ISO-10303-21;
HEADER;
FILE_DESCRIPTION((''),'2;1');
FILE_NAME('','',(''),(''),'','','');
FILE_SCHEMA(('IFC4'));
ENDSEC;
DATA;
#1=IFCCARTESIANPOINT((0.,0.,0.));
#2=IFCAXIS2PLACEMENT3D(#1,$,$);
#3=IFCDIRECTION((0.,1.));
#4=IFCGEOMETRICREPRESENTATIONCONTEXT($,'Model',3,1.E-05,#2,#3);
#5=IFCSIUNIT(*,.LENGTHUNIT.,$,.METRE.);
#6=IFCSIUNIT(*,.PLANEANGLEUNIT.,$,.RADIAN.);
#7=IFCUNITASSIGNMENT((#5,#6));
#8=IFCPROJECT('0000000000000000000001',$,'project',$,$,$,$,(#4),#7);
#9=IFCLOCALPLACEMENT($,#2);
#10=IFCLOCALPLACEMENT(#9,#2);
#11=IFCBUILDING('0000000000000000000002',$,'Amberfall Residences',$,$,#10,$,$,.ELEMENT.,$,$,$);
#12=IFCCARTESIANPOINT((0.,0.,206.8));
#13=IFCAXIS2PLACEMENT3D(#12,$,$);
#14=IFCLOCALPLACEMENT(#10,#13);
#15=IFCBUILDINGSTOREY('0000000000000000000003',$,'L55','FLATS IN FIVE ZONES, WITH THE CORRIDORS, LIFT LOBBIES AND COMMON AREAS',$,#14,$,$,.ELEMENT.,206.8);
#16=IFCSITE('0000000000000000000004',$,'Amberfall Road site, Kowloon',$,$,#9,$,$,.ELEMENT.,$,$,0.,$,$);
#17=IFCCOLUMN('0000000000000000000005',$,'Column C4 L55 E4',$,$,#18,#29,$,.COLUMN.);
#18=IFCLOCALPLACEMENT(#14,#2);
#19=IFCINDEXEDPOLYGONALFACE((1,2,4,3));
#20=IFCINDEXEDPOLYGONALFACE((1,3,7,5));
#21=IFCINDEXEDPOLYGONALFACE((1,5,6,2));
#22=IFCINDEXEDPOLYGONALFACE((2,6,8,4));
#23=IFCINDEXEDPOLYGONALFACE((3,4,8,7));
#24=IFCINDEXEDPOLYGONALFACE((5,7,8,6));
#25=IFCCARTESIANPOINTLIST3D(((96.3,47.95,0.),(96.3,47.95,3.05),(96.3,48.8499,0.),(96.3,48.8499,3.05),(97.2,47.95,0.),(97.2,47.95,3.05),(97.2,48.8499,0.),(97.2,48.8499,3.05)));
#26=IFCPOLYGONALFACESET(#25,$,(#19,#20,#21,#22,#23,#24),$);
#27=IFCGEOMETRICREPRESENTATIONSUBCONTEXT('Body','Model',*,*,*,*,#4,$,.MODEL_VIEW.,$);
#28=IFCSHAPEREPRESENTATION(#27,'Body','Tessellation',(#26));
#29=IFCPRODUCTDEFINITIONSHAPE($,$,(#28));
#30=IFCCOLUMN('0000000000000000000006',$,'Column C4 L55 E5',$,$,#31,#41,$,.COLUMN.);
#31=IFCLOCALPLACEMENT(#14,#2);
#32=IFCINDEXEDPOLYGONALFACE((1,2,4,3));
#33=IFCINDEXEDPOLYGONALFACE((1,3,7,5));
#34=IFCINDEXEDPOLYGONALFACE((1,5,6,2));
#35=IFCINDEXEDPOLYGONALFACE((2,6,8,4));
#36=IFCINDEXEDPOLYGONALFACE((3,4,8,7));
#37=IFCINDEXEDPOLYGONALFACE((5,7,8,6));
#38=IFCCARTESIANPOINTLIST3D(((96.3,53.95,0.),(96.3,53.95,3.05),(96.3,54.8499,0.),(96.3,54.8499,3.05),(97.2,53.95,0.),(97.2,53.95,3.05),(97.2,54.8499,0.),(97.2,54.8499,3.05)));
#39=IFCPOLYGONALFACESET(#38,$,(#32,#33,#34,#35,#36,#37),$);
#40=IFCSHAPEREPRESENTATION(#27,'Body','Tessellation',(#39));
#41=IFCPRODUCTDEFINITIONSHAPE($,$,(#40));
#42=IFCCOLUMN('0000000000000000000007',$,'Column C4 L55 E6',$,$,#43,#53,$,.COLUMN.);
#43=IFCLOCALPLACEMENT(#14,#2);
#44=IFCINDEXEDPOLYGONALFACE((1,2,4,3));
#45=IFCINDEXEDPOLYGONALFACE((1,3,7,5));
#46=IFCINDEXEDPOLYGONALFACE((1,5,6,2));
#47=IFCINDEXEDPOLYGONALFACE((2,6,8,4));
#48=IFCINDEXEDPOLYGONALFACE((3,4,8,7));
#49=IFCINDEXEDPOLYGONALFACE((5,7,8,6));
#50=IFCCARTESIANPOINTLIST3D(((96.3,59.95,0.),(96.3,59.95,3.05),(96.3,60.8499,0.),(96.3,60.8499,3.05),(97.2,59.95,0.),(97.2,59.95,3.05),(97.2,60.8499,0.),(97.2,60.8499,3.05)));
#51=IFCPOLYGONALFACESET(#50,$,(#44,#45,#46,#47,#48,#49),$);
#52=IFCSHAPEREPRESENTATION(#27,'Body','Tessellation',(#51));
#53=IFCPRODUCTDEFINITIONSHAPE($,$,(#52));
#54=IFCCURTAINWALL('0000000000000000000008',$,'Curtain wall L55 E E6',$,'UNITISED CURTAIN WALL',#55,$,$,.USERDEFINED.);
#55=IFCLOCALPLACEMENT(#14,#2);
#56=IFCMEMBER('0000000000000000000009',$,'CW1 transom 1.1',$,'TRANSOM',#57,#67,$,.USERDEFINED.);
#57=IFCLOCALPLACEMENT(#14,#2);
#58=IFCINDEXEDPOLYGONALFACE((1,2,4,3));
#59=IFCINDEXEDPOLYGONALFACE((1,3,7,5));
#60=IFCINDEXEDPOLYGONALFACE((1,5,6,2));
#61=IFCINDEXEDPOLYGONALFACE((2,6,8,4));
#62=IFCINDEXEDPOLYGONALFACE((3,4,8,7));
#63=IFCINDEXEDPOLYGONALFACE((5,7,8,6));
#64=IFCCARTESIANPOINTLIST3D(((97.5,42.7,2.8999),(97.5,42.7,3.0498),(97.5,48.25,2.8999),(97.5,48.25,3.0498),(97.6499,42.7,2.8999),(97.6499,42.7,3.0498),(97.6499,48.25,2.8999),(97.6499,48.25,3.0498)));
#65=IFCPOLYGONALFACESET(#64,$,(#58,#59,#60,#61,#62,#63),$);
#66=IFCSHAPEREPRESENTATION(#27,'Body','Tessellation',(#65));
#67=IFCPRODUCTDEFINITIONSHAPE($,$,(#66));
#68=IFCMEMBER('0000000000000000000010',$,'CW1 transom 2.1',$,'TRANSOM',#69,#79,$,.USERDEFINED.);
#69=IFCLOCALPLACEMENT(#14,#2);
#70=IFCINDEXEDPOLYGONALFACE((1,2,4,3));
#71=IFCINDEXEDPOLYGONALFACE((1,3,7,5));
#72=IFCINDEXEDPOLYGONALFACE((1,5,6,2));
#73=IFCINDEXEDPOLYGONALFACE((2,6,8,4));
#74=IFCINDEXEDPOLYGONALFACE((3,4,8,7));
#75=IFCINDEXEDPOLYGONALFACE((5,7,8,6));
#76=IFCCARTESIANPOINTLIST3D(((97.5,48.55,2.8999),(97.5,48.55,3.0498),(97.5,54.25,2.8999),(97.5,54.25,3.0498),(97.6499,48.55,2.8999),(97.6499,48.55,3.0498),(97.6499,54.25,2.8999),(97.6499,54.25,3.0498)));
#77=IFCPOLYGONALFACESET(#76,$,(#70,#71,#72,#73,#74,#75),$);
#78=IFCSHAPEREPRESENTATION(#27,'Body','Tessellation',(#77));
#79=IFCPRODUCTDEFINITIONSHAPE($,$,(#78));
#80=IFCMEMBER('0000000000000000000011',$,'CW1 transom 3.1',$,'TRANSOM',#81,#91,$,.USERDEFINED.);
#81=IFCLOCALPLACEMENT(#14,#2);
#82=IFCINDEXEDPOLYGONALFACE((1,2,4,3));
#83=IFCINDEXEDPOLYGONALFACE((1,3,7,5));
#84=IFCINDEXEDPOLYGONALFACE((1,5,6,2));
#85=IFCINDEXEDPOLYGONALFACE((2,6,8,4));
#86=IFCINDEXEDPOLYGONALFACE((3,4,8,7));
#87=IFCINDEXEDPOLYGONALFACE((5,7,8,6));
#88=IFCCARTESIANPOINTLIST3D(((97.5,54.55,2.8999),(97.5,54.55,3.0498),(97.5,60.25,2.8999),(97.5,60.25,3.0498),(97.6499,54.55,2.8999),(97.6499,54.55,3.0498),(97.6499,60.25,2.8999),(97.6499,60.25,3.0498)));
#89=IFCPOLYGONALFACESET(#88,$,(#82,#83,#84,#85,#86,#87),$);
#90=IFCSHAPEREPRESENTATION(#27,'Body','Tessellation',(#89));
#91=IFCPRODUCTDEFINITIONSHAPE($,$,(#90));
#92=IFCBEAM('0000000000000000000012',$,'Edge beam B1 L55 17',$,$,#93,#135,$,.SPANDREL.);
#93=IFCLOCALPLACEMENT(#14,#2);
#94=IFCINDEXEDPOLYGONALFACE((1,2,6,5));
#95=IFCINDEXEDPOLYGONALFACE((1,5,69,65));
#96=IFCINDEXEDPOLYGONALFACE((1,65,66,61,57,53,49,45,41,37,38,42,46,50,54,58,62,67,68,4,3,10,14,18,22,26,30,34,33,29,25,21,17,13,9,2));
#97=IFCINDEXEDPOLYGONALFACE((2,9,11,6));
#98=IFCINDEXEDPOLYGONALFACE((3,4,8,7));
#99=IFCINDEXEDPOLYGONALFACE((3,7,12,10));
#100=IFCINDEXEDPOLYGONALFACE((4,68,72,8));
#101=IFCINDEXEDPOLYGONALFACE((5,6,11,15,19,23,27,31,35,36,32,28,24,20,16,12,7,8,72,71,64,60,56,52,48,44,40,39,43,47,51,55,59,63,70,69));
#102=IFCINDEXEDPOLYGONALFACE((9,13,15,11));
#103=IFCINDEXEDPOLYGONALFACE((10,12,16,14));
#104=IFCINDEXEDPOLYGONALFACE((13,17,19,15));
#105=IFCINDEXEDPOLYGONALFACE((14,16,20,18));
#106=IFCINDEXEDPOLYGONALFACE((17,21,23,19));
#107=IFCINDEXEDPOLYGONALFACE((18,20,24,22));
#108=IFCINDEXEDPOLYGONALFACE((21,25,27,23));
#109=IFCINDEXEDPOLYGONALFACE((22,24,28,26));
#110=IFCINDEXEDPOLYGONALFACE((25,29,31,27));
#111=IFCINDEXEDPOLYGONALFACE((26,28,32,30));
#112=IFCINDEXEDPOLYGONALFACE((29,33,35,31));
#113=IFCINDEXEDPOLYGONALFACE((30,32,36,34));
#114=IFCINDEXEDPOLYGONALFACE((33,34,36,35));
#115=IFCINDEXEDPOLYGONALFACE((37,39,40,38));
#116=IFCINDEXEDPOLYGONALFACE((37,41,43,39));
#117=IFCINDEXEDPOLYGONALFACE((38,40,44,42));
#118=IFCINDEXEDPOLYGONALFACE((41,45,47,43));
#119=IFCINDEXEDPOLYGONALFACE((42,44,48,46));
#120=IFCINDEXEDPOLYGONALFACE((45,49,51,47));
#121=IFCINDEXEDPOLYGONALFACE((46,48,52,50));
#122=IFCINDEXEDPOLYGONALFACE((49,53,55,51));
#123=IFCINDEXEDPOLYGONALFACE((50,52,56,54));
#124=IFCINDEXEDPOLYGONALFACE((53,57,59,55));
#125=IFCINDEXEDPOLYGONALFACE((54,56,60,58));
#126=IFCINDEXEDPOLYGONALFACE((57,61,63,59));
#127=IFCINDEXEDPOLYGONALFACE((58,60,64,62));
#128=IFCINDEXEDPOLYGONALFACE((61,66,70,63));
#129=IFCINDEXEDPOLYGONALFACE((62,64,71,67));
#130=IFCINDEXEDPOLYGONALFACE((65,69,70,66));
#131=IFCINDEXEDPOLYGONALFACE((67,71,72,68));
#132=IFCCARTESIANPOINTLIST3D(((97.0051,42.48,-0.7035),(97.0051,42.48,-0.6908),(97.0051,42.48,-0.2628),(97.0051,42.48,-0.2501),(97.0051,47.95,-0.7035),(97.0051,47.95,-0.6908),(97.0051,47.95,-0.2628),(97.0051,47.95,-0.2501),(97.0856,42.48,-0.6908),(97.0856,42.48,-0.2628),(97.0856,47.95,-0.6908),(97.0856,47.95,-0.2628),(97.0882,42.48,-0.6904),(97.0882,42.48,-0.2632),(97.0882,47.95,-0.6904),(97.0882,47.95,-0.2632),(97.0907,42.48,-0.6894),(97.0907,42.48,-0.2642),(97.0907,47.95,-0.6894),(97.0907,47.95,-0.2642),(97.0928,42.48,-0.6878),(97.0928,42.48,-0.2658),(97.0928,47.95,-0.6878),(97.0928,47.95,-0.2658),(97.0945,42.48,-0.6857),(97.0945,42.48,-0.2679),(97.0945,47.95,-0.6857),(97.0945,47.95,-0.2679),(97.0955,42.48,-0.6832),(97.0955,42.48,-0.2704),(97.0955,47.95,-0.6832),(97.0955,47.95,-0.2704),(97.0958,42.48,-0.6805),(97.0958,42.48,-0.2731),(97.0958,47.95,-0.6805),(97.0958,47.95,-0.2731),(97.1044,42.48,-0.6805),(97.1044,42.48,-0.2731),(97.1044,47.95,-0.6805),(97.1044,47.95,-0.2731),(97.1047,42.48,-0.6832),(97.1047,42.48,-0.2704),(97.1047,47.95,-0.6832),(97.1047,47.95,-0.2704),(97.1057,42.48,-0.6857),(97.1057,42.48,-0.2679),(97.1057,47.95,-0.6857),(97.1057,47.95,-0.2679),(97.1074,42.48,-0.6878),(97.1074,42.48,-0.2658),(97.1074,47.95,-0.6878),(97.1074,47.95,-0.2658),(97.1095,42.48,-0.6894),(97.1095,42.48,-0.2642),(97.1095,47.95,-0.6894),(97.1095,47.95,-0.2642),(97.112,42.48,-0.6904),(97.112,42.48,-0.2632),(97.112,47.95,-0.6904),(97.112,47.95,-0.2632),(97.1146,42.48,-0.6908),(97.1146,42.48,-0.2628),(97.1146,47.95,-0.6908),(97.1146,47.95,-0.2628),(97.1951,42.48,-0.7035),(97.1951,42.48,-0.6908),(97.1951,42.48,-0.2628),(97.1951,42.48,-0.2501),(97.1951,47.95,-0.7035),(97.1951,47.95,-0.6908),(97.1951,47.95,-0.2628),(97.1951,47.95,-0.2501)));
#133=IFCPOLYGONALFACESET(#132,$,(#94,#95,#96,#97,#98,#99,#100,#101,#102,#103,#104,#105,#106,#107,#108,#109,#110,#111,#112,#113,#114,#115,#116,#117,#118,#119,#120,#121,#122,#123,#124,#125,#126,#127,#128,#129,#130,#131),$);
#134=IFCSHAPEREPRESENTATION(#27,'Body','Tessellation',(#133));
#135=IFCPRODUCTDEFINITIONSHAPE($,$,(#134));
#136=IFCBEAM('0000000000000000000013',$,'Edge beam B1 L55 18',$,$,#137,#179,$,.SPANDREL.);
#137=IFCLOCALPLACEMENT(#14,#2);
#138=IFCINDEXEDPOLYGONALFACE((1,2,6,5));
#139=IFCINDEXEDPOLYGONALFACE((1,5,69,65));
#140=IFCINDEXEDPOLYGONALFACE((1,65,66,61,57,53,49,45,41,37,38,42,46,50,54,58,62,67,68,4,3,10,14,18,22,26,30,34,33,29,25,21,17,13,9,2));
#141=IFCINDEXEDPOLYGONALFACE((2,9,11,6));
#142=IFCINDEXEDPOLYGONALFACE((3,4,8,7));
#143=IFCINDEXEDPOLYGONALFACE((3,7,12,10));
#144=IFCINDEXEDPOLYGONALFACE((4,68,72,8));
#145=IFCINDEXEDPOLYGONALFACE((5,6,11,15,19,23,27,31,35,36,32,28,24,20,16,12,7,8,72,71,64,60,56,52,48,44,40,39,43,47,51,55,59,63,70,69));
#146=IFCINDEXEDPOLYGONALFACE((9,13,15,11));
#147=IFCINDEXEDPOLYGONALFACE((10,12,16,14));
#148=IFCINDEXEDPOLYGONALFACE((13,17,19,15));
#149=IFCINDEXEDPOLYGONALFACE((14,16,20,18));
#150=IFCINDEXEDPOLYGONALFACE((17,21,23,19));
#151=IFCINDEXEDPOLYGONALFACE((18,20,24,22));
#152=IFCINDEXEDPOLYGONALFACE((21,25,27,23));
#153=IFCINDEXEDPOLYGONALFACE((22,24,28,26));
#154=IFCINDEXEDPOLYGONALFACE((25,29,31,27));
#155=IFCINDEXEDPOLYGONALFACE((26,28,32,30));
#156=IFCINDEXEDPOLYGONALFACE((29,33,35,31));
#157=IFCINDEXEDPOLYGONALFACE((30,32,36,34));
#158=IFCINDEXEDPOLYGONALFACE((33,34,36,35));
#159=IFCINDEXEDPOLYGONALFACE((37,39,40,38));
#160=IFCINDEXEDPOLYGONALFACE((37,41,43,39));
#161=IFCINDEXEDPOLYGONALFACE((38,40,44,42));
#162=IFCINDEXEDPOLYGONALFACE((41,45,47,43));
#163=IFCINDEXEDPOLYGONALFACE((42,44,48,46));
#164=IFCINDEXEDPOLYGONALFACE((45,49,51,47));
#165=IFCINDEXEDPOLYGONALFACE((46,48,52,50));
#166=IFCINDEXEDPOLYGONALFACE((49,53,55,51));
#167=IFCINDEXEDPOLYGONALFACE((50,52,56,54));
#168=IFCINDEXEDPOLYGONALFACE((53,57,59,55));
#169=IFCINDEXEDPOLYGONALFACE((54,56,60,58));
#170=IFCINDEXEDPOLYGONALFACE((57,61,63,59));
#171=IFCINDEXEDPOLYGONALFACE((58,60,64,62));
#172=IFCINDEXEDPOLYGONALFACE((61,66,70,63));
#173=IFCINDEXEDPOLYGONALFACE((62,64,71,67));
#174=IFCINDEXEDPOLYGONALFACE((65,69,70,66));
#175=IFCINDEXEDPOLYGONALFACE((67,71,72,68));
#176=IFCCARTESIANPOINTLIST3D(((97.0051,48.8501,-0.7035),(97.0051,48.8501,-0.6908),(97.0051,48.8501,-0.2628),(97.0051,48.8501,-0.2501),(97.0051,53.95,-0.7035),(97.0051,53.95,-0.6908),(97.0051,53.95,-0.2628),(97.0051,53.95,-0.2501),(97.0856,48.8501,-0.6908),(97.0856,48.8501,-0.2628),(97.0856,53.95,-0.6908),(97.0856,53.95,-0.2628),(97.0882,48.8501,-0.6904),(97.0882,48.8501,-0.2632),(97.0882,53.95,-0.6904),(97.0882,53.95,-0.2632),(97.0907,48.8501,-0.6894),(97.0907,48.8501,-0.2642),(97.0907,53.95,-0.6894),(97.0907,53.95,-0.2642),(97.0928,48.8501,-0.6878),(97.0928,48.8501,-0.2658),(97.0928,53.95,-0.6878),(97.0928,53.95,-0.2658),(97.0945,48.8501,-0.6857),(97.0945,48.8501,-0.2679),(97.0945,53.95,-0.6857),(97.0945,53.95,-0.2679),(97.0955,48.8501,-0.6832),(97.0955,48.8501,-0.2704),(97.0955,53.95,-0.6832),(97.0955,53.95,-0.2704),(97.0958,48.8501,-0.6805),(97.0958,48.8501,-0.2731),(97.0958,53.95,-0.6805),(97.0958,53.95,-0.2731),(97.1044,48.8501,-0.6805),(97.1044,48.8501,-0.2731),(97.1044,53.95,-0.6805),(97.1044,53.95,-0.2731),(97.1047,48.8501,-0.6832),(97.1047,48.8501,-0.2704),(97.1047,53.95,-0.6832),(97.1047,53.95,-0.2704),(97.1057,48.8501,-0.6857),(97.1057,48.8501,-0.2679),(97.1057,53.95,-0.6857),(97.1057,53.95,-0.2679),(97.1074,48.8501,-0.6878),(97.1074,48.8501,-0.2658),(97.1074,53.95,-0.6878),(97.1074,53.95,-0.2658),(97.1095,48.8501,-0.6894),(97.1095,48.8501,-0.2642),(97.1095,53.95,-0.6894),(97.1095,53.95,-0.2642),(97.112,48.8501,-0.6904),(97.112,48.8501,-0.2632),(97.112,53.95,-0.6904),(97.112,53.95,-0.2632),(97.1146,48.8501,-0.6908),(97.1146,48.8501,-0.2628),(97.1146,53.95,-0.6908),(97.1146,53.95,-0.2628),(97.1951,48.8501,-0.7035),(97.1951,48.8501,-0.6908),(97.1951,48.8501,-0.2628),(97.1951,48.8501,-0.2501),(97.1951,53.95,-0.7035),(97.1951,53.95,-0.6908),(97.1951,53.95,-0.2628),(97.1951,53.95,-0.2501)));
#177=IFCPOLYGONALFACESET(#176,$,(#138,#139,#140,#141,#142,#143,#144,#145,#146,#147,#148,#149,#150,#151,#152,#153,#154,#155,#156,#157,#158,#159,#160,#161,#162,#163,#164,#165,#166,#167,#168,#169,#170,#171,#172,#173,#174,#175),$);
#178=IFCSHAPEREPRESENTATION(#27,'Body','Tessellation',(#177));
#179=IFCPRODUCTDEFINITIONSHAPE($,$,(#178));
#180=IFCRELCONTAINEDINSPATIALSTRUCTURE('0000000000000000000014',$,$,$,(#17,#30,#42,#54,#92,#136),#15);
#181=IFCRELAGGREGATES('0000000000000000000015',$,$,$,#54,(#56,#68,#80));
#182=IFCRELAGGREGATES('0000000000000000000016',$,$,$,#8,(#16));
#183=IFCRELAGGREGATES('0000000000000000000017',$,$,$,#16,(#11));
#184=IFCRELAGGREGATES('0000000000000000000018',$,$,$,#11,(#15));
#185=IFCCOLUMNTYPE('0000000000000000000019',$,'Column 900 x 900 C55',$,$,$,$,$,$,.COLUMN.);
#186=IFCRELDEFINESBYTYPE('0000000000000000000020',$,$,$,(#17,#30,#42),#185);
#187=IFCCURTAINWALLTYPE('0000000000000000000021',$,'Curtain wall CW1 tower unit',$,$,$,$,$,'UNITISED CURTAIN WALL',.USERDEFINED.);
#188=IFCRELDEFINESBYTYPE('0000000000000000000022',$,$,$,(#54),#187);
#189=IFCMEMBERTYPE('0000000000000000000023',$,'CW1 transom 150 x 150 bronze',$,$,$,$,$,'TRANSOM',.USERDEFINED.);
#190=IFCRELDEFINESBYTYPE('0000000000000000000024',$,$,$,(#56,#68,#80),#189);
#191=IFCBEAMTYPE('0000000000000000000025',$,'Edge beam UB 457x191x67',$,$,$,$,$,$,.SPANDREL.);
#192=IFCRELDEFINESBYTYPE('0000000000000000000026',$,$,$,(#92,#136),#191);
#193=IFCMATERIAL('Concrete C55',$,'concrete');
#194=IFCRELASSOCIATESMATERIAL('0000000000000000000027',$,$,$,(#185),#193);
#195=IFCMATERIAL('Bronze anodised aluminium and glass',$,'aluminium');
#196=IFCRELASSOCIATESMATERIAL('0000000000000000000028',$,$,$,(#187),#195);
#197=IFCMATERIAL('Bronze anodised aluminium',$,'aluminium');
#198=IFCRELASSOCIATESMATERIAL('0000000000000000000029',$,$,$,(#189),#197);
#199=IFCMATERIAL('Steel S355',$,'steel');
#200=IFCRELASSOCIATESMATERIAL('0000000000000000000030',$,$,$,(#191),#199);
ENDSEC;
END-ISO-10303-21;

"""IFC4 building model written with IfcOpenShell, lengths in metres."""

from ifc_helpers import new_model, si_unit, direction, frame, origin, origin_2d, place, context, subcontext, project, spatial, rectangle, i_section, extrude, material, material_profile, profile_set, type_object, element, aggregate, save


model = new_model("IFC4")

# Units and contexts
model_context = context("Model", 3, precision=1e-05, world=origin(), true_north=direction((0.0, 1.0)))
body_context = subcontext(model_context, "Body", "Model", "MODEL_VIEW")
ifc_project = project(units=[si_unit("LENGTHUNIT", "METRE"), si_unit("PLANEANGLEUNIT", "RADIAN")], contexts=[model_context])

# Site, building, storey
site_placement = place(None, origin())
site = spatial("IfcSite", under=ifc_project, at=site_placement, Name="Amberfall Road site, Kowloon", CompositionType="ELEMENT", RefElevation=0.0)
building_placement = place(site_placement, origin())
building = spatial("IfcBuilding", under=site, at=building_placement, Name="Amberfall Residences", CompositionType="ELEMENT")
storey_placement = place(building_placement, frame((0.0, 0.0, 206.8)))
storey = spatial("IfcBuildingStorey", under=building, at=storey_placement, Name="L55", Description="FLATS IN FIVE ZONES, WITH THE CORRIDORS, LIFT LOBBIES AND COMMON AREAS", CompositionType="ELEMENT", Elevation=206.8)

# Columns
ifc_material_1 = material(Name="Concrete C55", Category="concrete")
ifc_material_profile_1 = material_profile(ifc_material_1, rectangle(XDim=0.8999, YDim=0.8999, at=origin_2d()), Name="Column 900 x 900 C55")
ifc_profile_set_1 = profile_set([ifc_material_profile_1], Name="Concrete C55")
column_type = type_object("IfcColumnType", Name="Column 900 x 900 C55", PredefinedType="COLUMN", material=ifc_profile_set_1)
for number, where, z_axis, x_axis, name in (
    (1, (96.75, 48.3999, 0.0), (0.0, 0.0, 1.0), (1.0, 0.0, 0.0), "Column C4 L55 E4"),
    (2, (96.75, 54.3999, 0.0), (0.0, 0.0, 1.0), (1.0, 0.0, 0.0), "Column C4 L55 E5"),
    (3, (96.75, 60.3999, 0.0), (0.0, 0.0, 1.0), (1.0, 0.0, 0.0), "Column C4 L55 E6"),
):
    element("IfcColumn", number, at=place(storey_placement, frame(where, z_axis=z_axis, x_axis=x_axis)), inside=storey, type_object=column_type, Name=name, PredefinedType="COLUMN", context=body_context, shape_type="SweptSolid", body=[
        extrude(rectangle(XDim=0.8999, YDim=0.8999, at=origin_2d()), origin(), (0.0, 0.0, 1.0), 3.05),
    ])

# Curtain wall, members
ifc_material_2 = material(Name="Bronze anodised aluminium and glass", Category="aluminium")
curtain_wall_type = type_object("IfcCurtainWallType", Name="Curtain wall CW1 tower unit", ElementType="UNITISED CURTAIN WALL", PredefinedType="USERDEFINED", material=ifc_material_2)
curtain_wall_placement = place(storey_placement, origin())
curtain_wall = element("IfcCurtainWall", 4, at=curtain_wall_placement, inside=storey, type_object=curtain_wall_type, Name="Curtain wall L55 E E6", ObjectType="UNITISED CURTAIN WALL", PredefinedType="USERDEFINED")
ifc_material_3 = material(Name="Bronze anodised aluminium", Category="aluminium")
ifc_material_profile_2 = material_profile(ifc_material_3, rectangle(XDim=0.1499, YDim=0.1499, at=origin_2d()), Name="CW1 transom 150 x 150 bronze")
ifc_profile_set_2 = profile_set([ifc_material_profile_2], Name="Bronze anodised aluminium")
member_type_1 = type_object("IfcMemberType", Name="CW1 transom 150 x 150 bronze", ElementType="TRANSOM", PredefinedType="USERDEFINED", material=ifc_profile_set_2)
member_1_placement = place(storey_placement, frame((97.575, 42.7, 2.9749), z_axis=(0.0, 1.0, 0.0), x_axis=(-1.0, 0.0, 0.0)))
member_1 = element("IfcMember", 5, at=member_1_placement, type_object=member_type_1, Name="CW1 transom 1.1", ObjectType="TRANSOM", PredefinedType="USERDEFINED", context=body_context, shape_type="SweptSolid", body=[
    extrude(rectangle(XDim=0.1499, YDim=0.1499, at=origin_2d()), origin(), (0.0, 0.0, 1.0), 5.55),
])
member_2_placement = place(storey_placement, frame((97.575, 48.55, 2.9749), z_axis=(0.0, 1.0, 0.0), x_axis=(-1.0, 0.0, 0.0)))
member_2 = element("IfcMember", 6, at=member_2_placement, type_object=member_type_1, Name="CW1 transom 2.1", ObjectType="TRANSOM", PredefinedType="USERDEFINED", context=body_context, shape_type="SweptSolid", body=[
    extrude(rectangle(XDim=0.1499, YDim=0.1499, at=origin_2d()), origin(), (0.0, 0.0, 1.0), 5.7),
])
member_3_placement = place(storey_placement, frame((97.575, 54.55, 2.9749), z_axis=(0.0, 1.0, 0.0), x_axis=(-1.0, 0.0, 0.0)))
member_3 = element("IfcMember", 7, at=member_3_placement, type_object=member_type_1, Name="CW1 transom 3.1", ObjectType="TRANSOM", PredefinedType="USERDEFINED", context=body_context, shape_type="SweptSolid", body=[
    extrude(rectangle(XDim=0.1499, YDim=0.1499, at=origin_2d()), origin(), (0.0, 0.0, 1.0), 5.7),
])

# Beams
ifc_material_4 = material(Name="Steel S355", Category="steel")
ifc_material_profile_3 = material_profile(ifc_material_4, i_section(OverallWidth=0.1899, OverallDepth=0.4534, WebThickness=0.0085, FlangeThickness=0.0127, FilletRadius=0.0103, at=origin_2d()), Name="UB 457x191x67")
ifc_profile_set_3 = profile_set([ifc_material_profile_3], Name="Steel S355")
beam_type_1 = type_object("IfcBeamType", Name="Edge beam UB 457x191x67", PredefinedType="SPANDREL", material=ifc_profile_set_3)
beam_1_placement = place(storey_placement, frame((97.1001, 42.48, -0.4768), z_axis=(0.0, 1.0, 0.0), x_axis=(-1.0, 0.0, 0.0)))
element("IfcBeam", 8, at=beam_1_placement, inside=storey, type_object=beam_type_1, Name="Edge beam B1 L55 17", PredefinedType="SPANDREL", context=body_context, shape_type="SweptSolid", body=[
    extrude(i_section(OverallWidth=0.1899, OverallDepth=0.4534, WebThickness=0.0085, FlangeThickness=0.0127, FilletRadius=0.0103, at=origin_2d()), origin(), (0.0, 0.0, 1.0), 5.47),
])
for number, where, z_axis, x_axis, name in (
    (9, (97.1001, 48.8501, -0.4768), (0.0, 1.0, 0.0), (-1.0, 0.0, 0.0), "Edge beam B1 L55 18"),
):
    element("IfcBeam", number, at=place(storey_placement, frame(where, z_axis=z_axis, x_axis=x_axis)), inside=storey, type_object=beam_type_1, Name=name, PredefinedType="SPANDREL", context=body_context, shape_type="SweptSolid", body=[
        extrude(i_section(OverallWidth=0.1899, OverallDepth=0.4534, WebThickness=0.0085, FlangeThickness=0.0127, FilletRadius=0.0103, at=origin_2d()), origin(), (0.0, 0.0, 1.0), 5.0999),
    ])

aggregate(curtain_wall, [member_1, member_2, member_3])

save(model, "model.ifc")
